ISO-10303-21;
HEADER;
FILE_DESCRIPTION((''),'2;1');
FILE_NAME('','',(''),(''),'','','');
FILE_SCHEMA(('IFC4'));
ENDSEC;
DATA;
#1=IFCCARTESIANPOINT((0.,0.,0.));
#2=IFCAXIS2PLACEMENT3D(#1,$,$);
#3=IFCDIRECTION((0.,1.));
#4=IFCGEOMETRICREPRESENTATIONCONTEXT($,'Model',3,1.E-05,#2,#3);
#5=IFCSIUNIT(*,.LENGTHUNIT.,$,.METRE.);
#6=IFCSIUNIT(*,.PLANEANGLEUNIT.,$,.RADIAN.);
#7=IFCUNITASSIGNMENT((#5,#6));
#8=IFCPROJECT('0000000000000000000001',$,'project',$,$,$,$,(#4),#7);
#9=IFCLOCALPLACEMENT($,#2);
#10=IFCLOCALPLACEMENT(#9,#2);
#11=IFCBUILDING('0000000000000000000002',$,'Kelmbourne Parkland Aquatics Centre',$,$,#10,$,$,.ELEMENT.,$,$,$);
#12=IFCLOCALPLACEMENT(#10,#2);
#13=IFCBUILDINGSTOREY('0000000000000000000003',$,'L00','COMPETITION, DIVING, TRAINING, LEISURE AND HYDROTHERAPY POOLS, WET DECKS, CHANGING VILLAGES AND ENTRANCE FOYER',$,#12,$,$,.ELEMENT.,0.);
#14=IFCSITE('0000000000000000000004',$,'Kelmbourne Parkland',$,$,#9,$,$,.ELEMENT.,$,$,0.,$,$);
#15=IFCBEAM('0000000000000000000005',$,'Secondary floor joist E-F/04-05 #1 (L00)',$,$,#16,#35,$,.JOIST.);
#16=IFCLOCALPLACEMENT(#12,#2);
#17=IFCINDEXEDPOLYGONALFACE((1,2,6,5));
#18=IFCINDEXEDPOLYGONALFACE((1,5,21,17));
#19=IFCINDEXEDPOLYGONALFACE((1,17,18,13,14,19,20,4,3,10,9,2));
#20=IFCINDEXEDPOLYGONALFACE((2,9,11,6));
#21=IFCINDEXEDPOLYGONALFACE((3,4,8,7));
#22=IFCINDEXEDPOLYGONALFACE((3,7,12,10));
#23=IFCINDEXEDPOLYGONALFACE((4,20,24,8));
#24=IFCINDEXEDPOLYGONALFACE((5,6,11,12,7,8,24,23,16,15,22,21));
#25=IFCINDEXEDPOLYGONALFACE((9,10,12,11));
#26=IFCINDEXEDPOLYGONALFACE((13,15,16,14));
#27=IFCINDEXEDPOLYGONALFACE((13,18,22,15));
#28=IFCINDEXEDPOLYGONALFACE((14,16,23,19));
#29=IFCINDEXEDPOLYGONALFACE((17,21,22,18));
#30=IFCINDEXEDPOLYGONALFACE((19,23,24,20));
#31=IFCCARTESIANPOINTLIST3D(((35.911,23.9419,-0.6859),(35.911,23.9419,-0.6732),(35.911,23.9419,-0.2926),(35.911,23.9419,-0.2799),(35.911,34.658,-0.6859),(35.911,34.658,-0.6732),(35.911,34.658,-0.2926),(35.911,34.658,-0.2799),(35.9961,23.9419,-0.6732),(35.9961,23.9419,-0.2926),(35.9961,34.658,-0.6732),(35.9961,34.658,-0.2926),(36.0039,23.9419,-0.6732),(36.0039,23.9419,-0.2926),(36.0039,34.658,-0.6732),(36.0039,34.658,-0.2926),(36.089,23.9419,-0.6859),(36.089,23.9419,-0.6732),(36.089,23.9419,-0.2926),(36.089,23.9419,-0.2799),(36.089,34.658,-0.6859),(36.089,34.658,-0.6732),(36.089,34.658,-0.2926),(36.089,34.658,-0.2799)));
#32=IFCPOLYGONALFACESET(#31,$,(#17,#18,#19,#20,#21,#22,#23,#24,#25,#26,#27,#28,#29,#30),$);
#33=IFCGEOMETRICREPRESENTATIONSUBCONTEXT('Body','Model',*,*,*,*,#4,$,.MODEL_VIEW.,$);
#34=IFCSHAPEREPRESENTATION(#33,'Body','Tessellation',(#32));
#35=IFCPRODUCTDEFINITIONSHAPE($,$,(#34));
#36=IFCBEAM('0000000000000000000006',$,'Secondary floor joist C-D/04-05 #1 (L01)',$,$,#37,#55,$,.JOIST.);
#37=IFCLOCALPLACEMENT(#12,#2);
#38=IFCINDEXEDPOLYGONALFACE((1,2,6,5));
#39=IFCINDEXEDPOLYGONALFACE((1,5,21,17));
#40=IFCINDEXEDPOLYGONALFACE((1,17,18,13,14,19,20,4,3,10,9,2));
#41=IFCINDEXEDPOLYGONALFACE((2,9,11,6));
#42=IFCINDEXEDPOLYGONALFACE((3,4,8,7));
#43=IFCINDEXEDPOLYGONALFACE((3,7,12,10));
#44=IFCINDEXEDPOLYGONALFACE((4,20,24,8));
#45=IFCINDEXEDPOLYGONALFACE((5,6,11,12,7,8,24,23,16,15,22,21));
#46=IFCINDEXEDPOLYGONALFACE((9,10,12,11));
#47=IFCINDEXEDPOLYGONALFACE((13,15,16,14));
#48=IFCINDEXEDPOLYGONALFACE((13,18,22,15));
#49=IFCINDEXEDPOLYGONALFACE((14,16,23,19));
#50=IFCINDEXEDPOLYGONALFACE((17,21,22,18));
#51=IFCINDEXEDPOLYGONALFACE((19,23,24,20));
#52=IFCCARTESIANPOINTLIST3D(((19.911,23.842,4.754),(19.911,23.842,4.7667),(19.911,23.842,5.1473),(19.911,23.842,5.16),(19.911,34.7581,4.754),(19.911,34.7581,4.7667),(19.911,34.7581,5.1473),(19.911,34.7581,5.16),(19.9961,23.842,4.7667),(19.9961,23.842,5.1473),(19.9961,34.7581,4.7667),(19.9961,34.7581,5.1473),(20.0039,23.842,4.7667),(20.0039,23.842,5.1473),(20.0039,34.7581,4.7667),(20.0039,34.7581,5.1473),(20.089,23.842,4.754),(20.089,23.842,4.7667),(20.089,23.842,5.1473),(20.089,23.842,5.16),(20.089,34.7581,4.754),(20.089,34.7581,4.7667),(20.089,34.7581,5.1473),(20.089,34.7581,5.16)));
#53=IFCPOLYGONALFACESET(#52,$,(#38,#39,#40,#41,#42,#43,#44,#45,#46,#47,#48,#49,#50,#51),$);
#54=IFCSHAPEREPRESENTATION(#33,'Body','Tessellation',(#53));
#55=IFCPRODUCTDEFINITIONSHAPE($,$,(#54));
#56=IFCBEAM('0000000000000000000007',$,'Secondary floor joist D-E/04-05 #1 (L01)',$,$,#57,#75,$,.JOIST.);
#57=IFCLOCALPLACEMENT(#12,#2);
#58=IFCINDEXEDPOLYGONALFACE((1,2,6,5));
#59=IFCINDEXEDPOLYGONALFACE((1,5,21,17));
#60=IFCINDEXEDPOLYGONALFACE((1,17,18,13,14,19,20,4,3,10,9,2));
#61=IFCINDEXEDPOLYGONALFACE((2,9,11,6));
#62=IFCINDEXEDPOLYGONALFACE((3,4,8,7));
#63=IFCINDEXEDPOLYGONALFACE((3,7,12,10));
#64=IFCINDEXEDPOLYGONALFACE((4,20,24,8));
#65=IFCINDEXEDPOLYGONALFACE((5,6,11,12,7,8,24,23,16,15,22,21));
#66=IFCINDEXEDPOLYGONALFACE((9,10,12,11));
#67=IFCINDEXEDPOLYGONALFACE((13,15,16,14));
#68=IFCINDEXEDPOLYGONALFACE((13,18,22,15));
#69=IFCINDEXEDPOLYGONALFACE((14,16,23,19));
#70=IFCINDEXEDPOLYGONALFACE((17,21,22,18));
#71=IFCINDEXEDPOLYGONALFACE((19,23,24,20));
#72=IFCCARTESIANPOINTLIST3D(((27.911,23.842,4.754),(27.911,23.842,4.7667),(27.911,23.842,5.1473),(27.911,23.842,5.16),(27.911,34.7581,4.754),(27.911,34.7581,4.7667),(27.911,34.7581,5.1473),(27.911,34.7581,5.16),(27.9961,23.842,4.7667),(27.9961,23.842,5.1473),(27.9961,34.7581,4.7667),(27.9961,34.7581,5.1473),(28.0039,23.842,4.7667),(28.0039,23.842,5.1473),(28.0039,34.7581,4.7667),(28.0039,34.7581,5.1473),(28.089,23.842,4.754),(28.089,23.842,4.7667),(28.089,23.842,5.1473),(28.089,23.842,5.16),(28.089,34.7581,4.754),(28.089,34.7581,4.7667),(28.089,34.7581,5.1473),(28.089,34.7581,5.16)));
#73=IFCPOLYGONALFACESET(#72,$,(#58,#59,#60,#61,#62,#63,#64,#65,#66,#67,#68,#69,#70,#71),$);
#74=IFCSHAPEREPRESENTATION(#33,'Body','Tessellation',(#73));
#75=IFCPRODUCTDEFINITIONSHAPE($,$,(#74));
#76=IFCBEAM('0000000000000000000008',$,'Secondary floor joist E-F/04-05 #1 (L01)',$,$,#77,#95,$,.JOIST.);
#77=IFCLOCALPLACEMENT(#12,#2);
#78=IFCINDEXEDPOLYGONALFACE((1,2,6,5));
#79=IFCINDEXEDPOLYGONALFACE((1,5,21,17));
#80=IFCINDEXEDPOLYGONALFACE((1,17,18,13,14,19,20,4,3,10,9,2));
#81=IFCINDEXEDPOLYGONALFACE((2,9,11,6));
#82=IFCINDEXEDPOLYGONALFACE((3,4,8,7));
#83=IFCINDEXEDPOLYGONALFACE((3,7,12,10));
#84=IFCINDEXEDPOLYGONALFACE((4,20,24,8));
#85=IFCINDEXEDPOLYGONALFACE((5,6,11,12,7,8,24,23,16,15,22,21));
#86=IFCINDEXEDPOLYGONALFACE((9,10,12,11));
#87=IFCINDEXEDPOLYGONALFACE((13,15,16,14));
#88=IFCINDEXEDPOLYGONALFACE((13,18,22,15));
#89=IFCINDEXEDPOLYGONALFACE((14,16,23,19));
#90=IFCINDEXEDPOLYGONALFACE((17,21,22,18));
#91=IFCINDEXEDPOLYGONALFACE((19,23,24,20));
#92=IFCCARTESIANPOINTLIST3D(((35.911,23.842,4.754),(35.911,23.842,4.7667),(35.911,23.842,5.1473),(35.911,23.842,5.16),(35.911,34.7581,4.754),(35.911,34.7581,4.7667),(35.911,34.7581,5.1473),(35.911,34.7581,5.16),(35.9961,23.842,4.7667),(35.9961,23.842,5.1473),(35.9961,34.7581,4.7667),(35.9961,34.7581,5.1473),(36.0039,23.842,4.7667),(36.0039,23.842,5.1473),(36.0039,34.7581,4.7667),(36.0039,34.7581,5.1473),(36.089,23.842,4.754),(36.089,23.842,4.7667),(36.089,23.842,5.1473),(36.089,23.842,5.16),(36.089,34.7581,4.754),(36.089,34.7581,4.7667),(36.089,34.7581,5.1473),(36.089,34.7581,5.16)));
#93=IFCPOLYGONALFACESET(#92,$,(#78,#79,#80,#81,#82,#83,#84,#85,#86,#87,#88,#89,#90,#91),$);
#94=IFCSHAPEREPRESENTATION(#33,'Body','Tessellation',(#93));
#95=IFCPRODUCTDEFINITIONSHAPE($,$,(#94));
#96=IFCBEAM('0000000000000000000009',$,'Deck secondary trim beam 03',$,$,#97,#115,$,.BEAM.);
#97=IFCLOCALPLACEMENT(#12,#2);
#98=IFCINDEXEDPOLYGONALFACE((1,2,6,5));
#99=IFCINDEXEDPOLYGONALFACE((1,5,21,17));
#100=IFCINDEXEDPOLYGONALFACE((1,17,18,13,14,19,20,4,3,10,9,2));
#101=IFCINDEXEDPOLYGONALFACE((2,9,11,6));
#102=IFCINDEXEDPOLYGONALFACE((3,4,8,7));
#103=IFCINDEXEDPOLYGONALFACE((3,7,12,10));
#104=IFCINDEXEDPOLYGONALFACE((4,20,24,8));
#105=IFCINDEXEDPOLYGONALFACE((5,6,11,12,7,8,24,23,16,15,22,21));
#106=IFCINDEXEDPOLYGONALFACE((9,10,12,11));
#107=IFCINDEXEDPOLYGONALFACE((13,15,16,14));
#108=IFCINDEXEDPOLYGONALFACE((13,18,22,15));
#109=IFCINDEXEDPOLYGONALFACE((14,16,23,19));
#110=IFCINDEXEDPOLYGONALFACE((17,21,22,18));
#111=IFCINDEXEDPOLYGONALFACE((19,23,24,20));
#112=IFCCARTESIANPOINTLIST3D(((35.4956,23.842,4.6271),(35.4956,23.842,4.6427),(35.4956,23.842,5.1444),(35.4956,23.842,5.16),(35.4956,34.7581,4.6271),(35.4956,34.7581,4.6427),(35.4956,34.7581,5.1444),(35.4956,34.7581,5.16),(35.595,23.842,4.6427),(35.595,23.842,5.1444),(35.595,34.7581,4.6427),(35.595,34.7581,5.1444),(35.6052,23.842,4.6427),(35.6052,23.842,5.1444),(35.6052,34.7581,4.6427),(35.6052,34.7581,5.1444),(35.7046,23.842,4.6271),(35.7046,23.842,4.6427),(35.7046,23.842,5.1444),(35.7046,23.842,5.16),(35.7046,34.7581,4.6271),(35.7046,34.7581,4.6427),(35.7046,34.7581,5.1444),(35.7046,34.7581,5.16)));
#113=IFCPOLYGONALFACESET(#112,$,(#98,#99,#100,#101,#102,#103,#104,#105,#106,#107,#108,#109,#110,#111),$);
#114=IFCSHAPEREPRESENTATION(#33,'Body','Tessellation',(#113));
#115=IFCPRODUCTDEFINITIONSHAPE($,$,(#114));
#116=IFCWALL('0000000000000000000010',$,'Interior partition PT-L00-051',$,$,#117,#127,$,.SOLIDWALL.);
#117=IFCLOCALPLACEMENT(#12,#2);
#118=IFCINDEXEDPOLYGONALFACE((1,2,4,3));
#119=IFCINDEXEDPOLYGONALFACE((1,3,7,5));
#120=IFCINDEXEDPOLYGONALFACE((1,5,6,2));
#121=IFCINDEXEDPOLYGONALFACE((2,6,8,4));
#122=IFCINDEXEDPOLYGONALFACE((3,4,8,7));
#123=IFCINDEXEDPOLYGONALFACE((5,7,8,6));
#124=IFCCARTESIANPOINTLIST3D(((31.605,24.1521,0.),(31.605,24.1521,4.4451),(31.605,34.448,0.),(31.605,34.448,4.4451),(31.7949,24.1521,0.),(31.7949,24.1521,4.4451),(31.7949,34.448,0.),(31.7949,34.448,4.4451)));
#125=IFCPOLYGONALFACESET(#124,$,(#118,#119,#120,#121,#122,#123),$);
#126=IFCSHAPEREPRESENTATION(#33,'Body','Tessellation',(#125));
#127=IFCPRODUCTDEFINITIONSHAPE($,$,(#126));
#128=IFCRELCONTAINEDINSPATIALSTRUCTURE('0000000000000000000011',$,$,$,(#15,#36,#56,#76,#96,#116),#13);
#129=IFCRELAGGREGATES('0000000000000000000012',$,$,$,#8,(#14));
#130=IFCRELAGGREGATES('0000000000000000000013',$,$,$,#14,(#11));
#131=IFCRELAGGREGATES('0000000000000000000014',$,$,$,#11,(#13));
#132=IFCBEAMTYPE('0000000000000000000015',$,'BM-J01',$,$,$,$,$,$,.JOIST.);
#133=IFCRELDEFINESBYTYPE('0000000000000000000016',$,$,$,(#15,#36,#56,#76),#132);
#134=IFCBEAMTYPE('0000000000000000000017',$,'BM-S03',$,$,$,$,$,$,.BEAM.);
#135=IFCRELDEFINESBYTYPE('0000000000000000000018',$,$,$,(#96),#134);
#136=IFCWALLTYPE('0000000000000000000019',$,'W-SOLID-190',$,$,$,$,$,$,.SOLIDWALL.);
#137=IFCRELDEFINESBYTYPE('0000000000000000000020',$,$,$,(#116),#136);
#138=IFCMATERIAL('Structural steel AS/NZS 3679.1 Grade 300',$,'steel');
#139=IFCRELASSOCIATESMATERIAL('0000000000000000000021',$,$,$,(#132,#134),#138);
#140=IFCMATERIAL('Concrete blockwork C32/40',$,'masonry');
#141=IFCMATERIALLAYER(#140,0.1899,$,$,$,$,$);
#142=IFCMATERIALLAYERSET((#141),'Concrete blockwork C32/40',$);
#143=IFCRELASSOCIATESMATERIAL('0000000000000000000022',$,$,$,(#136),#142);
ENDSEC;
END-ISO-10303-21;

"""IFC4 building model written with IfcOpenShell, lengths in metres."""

from ifc_helpers import new_model, si_unit, direction, frame, frame_2d, origin, origin_2d, place, context, subcontext, project, spatial, rectangle, i_section, extrude, material, layer, layer_set, material_profile, profile_set, type_object, element, save


model = new_model("IFC4")

# Units and contexts
model_context = context("Model", 3, precision=1e-05, world=origin(), true_north=direction((0.0, 1.0)))
body_context = subcontext(model_context, "Body", "Model", "MODEL_VIEW")
ifc_project = project(units=[si_unit("LENGTHUNIT", "METRE"), si_unit("PLANEANGLEUNIT", "RADIAN")], contexts=[model_context])

# Site, building, storey
site_placement = place(None, origin())
site = spatial("IfcSite", under=ifc_project, at=site_placement, Name="Kelmbourne Parkland", CompositionType="ELEMENT", RefElevation=0.0)
building_placement = place(site_placement, origin())
building = spatial("IfcBuilding", under=site, at=building_placement, Name="Kelmbourne Parkland Aquatics Centre", CompositionType="ELEMENT")
storey_placement = place(building_placement, origin())
storey = spatial("IfcBuildingStorey", under=building, at=storey_placement, Name="L00", Description="COMPETITION, DIVING, TRAINING, LEISURE AND HYDROTHERAPY POOLS, WET DECKS, CHANGING VILLAGES AND ENTRANCE FOYER", CompositionType="ELEMENT", Elevation=0.0)

# Beams
ifc_material_1 = material(Name="Structural steel AS/NZS 3679.1 Grade 300", Category="steel")
ifc_material_profile_1 = material_profile(ifc_material_1, i_section(OverallWidth=0.178, OverallDepth=0.406, WebThickness=0.0078, FlangeThickness=0.0127, at=origin_2d()), Name="410UB59.7")
ifc_profile_set_1 = profile_set([ifc_material_profile_1], Name="Structural steel AS/NZS 3679.1 Grade 300")
beam_type_1 = type_object("IfcBeamType", Name="BM-J01", PredefinedType="JOIST", material=ifc_profile_set_1)
for number, where, z_axis, x_axis, name in (
    (1, (36.0, 23.9419, -0.4829), (0.0, 1.0, 0.0), (-1.0, 0.0, 0.0), "Secondary floor joist E-F/04-05 #1 (L00)"),
):
    element("IfcBeam", number, at=place(storey_placement, frame(where, z_axis=z_axis, x_axis=x_axis)), inside=storey, type_object=beam_type_1, Name=name, PredefinedType="JOIST", context=body_context, shape_type="SweptSolid", body=[
        extrude(i_section(OverallWidth=0.178, OverallDepth=0.406, WebThickness=0.0078, FlangeThickness=0.0127, at=origin_2d()), origin(), (0.0, 0.0, 1.0), 10.7161),
    ])
for number, where, z_axis, x_axis, name in (
    (2, (20.0, 23.842, 4.957), (0.0, 1.0, 0.0), (-1.0, 0.0, 0.0), "Secondary floor joist C-D/04-05 #1 (L01)"),
    (3, (28.0, 23.842, 4.957), (0.0, 1.0, 0.0), (-1.0, 0.0, 0.0), "Secondary floor joist D-E/04-05 #1 (L01)"),
    (4, (36.0, 23.842, 4.957), (0.0, 1.0, 0.0), (-1.0, 0.0, 0.0), "Secondary floor joist E-F/04-05 #1 (L01)"),
):
    element("IfcBeam", number, at=place(storey_placement, frame(where, z_axis=z_axis, x_axis=x_axis)), inside=storey, type_object=beam_type_1, Name=name, PredefinedType="JOIST", context=body_context, shape_type="SweptSolid", body=[
        extrude(i_section(OverallWidth=0.178, OverallDepth=0.406, WebThickness=0.0078, FlangeThickness=0.0127, at=origin_2d()), origin(), (0.0, 0.0, 1.0), 10.916),
    ])
ifc_material_profile_2 = material_profile(ifc_material_1, i_section(OverallWidth=0.209, OverallDepth=0.533, WebThickness=0.0103, FlangeThickness=0.0156, at=origin_2d()), Name="530UB92.4")
ifc_profile_set_2 = profile_set([ifc_material_profile_2], Name="Structural steel AS/NZS 3679.1 Grade 300")
beam_type_2 = type_object("IfcBeamType", Name="BM-S03", PredefinedType="BEAM", material=ifc_profile_set_2)
beam_1_placement = place(storey_placement, frame((35.6001, 23.842, 4.8936), z_axis=(0.0, 1.0, 0.0), x_axis=(-1.0, 0.0, 0.0)))
element("IfcBeam", 5, at=beam_1_placement, inside=storey, type_object=beam_type_2, Name="Deck secondary trim beam 03", PredefinedType="BEAM", context=body_context, shape_type="SweptSolid", body=[
    extrude(i_section(OverallWidth=0.209, OverallDepth=0.533, WebThickness=0.0103, FlangeThickness=0.0156, at=origin_2d()), origin(), (0.0, 0.0, 1.0), 10.916),
])

# Wall
ifc_material_2 = material(Name="Concrete blockwork C32/40", Category="masonry")
ifc_layer = layer(ifc_material_2, 0.1899)
ifc_layer_set = layer_set([ifc_layer], Name="Concrete blockwork C32/40")
wall_type = type_object("IfcWallType", Name="W-SOLID-190", PredefinedType="SOLIDWALL", material=ifc_layer_set)
wall_placement = place(storey_placement, frame((31.7, 24.1521, 0.0), z_axis=(0.0, 0.0, 1.0), x_axis=(0.0, 1.0, 0.0)))
element("IfcWall", 6, at=wall_placement, inside=storey, type_object=wall_type, Name="Interior partition PT-L00-051", PredefinedType="SOLIDWALL", context=body_context, shape_type="SweptSolid", body=[
    extrude(rectangle(XDim=10.2959, YDim=0.1899, at=frame_2d((5.1479, 0.0))), origin(), (0.0, 0.0, 1.0), 4.4451),
])

save(model, "model.ifc")
